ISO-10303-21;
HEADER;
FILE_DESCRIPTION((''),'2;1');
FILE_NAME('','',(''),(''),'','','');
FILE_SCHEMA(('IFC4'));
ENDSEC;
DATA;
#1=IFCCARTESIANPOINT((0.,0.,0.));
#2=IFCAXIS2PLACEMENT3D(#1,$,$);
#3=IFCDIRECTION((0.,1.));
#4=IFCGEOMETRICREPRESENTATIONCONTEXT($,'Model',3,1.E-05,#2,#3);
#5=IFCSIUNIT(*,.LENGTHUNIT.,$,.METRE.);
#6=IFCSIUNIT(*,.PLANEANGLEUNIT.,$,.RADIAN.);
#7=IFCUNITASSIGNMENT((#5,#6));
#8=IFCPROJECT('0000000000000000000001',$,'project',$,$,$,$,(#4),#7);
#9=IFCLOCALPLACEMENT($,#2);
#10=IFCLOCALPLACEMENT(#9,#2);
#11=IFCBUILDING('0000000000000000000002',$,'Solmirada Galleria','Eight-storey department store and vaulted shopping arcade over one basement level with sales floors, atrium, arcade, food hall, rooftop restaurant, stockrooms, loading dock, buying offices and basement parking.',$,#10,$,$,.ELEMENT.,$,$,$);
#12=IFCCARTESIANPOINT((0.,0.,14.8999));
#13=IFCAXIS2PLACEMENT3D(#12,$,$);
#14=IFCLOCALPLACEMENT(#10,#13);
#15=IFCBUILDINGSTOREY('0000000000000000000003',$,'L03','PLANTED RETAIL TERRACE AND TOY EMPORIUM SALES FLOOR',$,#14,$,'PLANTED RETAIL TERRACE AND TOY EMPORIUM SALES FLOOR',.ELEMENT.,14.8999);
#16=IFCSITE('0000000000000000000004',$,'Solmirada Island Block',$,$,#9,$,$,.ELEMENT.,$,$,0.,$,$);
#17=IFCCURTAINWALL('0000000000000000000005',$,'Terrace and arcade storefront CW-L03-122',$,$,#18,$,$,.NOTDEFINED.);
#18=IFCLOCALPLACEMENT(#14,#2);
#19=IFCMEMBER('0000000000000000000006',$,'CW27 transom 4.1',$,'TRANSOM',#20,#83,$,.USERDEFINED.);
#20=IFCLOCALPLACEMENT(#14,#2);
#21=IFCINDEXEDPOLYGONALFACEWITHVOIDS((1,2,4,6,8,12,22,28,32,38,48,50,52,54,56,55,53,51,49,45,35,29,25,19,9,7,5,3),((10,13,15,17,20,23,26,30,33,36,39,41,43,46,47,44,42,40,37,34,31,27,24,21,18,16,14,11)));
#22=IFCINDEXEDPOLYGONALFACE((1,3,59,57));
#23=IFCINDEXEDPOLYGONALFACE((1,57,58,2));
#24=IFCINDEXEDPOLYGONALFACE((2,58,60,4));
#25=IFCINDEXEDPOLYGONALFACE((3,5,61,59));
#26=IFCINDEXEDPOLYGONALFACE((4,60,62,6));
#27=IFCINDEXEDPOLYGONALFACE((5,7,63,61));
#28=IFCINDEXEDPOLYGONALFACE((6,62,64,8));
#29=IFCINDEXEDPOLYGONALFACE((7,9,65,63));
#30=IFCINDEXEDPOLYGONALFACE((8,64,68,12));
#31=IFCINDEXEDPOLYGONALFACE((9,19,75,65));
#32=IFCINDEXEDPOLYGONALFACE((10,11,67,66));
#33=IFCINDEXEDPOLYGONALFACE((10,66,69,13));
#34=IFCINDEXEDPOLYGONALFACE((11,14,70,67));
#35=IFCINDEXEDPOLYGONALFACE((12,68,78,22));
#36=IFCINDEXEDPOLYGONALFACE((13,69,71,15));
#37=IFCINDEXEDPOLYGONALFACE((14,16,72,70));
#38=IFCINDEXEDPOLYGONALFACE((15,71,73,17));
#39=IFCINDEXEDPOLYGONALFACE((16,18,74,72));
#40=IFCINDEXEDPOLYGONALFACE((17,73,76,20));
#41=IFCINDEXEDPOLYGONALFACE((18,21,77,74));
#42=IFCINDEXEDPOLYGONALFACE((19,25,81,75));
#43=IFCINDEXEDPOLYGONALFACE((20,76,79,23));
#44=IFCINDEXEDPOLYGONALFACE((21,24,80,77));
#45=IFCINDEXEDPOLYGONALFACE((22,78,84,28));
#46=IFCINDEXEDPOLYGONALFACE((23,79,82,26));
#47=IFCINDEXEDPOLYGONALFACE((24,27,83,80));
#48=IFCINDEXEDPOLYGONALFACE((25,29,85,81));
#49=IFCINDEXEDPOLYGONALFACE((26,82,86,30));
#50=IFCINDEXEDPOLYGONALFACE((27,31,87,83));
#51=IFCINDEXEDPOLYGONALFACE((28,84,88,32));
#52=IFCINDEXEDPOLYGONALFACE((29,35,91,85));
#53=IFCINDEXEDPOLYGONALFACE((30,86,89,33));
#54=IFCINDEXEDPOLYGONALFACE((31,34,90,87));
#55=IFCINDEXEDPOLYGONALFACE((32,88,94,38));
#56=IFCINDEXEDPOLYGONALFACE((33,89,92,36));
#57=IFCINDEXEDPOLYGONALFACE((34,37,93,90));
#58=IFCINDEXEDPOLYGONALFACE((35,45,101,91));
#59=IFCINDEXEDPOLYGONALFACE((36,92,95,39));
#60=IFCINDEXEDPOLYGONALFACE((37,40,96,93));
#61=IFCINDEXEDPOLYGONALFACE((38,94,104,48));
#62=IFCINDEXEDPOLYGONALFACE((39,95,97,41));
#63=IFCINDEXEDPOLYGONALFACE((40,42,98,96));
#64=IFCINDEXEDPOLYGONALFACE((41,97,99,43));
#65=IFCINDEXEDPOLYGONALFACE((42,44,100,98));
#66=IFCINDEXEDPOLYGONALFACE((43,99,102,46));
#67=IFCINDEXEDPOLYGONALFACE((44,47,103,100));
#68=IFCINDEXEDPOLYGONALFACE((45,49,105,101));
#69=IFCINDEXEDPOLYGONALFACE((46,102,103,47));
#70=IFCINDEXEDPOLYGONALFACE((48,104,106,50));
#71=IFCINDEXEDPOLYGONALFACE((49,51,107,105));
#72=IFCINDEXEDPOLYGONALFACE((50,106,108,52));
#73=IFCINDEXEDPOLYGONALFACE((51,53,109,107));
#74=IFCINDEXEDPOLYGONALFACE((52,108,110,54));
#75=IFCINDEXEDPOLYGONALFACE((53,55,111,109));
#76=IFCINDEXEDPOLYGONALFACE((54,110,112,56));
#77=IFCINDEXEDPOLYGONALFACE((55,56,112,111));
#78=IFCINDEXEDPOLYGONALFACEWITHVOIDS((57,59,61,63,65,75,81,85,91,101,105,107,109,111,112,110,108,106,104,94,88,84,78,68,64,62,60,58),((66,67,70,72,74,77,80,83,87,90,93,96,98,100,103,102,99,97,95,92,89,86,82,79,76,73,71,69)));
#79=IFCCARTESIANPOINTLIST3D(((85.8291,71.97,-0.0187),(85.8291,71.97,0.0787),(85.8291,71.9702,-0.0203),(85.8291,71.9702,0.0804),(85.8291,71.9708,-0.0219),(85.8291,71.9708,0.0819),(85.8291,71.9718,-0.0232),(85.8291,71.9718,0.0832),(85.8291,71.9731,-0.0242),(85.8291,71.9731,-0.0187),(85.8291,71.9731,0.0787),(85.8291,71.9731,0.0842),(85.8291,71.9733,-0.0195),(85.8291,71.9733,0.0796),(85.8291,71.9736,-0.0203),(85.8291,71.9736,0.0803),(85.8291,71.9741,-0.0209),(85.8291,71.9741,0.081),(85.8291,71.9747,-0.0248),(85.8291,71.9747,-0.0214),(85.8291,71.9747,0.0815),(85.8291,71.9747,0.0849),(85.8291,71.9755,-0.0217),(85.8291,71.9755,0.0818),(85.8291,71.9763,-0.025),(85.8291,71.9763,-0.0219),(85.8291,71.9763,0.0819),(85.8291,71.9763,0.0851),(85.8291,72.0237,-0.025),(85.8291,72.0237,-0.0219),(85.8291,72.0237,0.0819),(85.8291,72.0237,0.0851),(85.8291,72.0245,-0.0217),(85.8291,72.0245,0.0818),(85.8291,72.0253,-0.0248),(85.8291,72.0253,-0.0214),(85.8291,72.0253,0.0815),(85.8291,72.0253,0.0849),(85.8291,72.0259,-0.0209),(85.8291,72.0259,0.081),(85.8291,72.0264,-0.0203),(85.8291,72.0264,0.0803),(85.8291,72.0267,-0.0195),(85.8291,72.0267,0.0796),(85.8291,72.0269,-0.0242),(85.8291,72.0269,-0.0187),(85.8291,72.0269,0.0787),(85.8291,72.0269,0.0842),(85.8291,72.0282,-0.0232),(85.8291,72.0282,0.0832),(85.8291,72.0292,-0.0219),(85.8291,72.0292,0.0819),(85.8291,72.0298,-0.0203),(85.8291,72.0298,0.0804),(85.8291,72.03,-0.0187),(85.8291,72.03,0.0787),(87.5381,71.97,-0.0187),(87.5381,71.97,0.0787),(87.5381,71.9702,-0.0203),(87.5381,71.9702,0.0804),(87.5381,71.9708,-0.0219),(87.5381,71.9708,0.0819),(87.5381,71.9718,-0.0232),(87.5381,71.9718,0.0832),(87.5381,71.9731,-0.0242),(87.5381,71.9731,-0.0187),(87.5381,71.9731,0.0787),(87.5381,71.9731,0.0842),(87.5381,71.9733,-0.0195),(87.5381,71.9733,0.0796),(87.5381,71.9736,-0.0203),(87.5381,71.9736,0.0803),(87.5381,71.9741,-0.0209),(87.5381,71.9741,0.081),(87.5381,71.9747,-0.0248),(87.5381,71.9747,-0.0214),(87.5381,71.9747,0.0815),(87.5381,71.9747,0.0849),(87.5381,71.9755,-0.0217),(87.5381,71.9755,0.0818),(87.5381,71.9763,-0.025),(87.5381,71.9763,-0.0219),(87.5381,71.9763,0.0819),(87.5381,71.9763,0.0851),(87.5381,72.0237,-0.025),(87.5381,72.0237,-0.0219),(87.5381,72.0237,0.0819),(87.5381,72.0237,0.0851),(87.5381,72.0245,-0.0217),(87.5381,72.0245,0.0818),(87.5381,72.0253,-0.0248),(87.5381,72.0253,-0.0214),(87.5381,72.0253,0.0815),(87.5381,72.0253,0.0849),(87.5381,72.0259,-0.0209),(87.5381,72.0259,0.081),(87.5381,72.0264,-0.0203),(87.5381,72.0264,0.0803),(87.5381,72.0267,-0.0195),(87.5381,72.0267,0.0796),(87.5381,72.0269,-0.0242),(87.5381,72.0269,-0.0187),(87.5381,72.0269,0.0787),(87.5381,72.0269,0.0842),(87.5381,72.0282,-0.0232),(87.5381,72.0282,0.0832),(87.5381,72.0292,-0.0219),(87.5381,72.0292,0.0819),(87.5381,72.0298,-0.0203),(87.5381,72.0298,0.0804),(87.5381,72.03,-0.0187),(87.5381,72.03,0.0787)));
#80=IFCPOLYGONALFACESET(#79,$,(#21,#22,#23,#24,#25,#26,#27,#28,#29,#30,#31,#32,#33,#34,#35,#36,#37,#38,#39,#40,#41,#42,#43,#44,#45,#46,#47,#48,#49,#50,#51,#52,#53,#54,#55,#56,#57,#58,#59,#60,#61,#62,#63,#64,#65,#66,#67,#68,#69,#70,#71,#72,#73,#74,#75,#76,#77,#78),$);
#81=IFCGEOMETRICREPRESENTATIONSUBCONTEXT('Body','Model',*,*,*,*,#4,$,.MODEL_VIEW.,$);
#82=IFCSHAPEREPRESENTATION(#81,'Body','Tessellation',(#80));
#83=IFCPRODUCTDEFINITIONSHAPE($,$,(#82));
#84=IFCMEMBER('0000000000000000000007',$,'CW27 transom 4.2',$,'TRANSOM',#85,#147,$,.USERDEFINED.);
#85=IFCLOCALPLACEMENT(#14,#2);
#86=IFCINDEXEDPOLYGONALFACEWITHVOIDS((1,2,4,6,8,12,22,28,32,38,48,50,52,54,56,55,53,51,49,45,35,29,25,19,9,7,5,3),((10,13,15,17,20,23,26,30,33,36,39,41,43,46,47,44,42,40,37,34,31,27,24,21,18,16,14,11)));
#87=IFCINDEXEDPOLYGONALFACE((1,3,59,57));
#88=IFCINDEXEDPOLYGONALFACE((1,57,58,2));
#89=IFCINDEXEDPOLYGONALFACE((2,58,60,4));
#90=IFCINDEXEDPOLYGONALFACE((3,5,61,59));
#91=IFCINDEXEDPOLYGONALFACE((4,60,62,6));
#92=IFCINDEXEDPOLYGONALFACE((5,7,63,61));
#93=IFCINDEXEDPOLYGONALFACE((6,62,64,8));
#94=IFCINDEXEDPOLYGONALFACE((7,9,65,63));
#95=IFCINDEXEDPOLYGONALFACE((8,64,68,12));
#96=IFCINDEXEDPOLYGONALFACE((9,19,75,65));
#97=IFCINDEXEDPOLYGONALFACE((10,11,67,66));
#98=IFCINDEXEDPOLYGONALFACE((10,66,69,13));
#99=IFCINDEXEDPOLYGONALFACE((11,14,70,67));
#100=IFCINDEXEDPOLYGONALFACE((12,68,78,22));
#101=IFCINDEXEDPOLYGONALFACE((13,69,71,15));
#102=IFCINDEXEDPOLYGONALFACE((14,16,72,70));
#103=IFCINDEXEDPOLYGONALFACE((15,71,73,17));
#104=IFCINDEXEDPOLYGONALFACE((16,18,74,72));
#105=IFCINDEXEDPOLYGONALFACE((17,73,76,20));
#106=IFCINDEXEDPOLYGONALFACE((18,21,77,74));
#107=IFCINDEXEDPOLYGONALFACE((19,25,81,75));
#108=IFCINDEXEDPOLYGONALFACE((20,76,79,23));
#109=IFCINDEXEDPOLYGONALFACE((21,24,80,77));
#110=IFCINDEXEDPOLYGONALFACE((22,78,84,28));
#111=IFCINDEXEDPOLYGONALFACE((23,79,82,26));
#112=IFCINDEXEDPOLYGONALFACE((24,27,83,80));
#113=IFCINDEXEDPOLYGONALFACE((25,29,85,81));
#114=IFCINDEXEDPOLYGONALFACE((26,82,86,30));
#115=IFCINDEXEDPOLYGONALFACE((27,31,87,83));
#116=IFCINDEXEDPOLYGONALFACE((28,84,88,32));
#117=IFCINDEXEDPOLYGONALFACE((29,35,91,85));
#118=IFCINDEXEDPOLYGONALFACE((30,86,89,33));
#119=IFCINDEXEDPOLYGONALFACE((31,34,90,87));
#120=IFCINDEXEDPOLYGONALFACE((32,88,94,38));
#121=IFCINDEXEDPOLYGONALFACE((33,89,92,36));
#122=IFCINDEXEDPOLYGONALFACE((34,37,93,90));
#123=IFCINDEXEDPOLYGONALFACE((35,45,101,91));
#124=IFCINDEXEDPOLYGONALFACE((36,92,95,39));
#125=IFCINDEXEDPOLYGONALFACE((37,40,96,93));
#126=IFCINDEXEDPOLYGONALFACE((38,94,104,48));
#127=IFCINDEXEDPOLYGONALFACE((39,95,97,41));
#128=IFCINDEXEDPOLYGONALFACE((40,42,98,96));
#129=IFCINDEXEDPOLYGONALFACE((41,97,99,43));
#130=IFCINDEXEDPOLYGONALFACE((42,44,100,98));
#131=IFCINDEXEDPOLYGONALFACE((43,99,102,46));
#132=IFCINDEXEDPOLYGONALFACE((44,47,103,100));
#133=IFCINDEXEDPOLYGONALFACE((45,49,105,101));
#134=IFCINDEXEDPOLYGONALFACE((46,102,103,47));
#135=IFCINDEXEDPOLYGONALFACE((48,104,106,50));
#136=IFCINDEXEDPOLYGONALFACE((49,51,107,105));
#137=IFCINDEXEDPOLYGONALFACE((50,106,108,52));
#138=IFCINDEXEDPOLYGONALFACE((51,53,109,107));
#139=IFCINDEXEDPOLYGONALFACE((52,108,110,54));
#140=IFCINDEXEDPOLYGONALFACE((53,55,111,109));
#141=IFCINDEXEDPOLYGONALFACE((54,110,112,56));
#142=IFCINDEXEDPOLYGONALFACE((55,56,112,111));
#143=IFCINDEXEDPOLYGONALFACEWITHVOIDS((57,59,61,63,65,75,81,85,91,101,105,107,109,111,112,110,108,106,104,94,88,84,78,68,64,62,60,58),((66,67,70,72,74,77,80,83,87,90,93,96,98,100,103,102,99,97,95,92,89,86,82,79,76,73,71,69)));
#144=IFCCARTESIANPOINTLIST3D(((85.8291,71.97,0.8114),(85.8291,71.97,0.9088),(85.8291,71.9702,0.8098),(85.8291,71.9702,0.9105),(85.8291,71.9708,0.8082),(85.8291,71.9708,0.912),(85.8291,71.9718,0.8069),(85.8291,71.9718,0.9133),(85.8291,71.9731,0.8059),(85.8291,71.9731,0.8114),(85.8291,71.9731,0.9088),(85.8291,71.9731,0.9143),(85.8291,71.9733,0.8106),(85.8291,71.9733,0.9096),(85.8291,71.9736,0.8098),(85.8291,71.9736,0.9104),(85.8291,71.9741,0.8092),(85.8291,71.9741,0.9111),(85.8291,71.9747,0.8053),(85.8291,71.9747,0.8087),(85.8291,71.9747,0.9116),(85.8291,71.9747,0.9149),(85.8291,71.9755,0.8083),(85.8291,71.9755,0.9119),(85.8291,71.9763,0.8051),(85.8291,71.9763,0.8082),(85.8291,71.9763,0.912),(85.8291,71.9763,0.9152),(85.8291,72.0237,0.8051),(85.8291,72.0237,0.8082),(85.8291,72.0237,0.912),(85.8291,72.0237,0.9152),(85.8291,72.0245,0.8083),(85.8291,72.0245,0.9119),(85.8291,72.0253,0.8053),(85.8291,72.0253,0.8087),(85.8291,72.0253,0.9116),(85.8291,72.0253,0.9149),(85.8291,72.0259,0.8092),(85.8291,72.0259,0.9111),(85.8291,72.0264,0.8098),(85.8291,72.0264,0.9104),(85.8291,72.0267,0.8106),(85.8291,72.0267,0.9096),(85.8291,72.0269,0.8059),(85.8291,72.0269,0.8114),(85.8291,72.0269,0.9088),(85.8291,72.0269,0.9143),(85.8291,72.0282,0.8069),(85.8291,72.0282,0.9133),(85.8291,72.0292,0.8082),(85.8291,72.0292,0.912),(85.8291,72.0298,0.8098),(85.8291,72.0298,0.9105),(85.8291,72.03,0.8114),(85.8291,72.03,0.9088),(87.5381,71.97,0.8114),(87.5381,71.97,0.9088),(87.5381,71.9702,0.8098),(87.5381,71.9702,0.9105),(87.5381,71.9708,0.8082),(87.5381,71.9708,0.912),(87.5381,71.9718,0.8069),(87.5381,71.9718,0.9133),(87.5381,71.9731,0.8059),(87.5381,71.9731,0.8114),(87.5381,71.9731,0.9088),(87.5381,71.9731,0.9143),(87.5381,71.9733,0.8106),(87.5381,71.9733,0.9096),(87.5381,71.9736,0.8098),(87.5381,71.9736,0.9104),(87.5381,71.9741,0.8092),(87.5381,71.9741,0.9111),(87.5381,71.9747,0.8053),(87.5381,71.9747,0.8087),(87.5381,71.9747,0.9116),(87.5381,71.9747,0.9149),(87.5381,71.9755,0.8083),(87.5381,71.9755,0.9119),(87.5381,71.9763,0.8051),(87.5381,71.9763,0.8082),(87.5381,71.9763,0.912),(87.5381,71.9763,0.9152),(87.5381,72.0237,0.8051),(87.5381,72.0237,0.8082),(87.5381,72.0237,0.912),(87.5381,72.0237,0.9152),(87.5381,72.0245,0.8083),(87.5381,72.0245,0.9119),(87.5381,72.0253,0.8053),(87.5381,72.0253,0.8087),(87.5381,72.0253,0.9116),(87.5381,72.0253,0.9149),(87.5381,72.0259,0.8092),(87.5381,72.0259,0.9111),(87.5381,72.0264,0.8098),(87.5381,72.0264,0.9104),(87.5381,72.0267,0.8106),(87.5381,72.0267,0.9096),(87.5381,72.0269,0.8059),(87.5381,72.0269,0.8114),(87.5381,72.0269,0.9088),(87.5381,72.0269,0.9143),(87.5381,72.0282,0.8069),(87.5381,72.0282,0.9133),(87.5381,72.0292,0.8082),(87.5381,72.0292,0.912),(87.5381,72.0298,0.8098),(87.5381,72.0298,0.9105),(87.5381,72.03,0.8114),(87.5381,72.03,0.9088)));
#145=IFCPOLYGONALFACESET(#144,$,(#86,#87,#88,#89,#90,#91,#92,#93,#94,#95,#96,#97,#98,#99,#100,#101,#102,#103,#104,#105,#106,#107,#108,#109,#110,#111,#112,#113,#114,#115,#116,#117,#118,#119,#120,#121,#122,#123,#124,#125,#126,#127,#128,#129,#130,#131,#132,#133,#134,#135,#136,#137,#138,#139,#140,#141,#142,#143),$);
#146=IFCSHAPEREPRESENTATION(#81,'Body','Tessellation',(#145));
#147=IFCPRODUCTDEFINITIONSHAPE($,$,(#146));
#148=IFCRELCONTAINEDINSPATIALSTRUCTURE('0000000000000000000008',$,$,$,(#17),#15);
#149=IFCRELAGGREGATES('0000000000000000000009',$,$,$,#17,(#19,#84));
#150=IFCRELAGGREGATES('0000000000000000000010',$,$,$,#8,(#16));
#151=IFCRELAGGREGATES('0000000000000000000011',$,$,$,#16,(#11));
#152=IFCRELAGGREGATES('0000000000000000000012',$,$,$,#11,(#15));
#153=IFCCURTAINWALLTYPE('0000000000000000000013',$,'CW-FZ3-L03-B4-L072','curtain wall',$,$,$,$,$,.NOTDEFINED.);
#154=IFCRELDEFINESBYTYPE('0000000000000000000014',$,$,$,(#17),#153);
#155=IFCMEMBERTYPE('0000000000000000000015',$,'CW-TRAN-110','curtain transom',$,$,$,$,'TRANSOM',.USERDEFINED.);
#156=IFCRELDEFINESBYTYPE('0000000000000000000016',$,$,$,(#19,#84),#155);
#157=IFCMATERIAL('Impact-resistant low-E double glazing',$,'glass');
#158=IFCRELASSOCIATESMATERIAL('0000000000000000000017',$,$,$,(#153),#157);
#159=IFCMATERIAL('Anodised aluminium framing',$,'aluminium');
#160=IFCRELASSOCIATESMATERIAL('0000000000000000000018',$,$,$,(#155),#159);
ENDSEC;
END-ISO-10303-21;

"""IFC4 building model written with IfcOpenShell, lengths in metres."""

from ifc_helpers import new_model, si_unit, direction, frame, origin, origin_2d, place, context, subcontext, project, spatial, hollow_rectangle, extrude, material, material_profile, profile_set, type_object, element, aggregate, save


model = new_model("IFC4")

# Units and contexts
model_context = context("Model", 3, precision=1e-05, world=origin(), true_north=direction((0.0, 1.0)))
body_context = subcontext(model_context, "Body", "Model", "MODEL_VIEW")
ifc_project = project(units=[si_unit("LENGTHUNIT", "METRE"), si_unit("PLANEANGLEUNIT", "RADIAN")], contexts=[model_context])

# Site, building, storey
site_placement = place(None, origin())
site = spatial("IfcSite", under=ifc_project, at=site_placement, Name="Solmirada Island Block", CompositionType="ELEMENT", RefElevation=0.0)
building_placement = place(site_placement, origin())
building = spatial("IfcBuilding", under=site, at=building_placement, Name="Solmirada Galleria", Description="Eight-storey department store and vaulted shopping arcade over one basement level with sales floors, atrium, arcade, food hall, rooftop restaurant, stockrooms, loading dock, buying offices and basement parking.", CompositionType="ELEMENT")
storey_placement = place(building_placement, frame((0.0, 0.0, 14.8999)))
storey = spatial("IfcBuildingStorey", under=building, at=storey_placement, Name="L03", Description="PLANTED RETAIL TERRACE AND TOY EMPORIUM SALES FLOOR", LongName="PLANTED RETAIL TERRACE AND TOY EMPORIUM SALES FLOOR", CompositionType="ELEMENT", Elevation=14.8999)

# Shared definitions
ifc_material_1 = material(Name="Impact-resistant low-E double glazing", Category="glass")
curtain_wall_type = type_object("IfcCurtainWallType", Name="CW-FZ3-L03-B4-L072", Description="curtain wall", PredefinedType="NOTDEFINED", material=ifc_material_1)
ifc_material_2 = material(Name="Anodised aluminium framing", Category="aluminium")

# Curtain wall, members
curtain_wall_1_placement = place(storey_placement, origin())
curtain_wall_1 = element("IfcCurtainWall", 1, at=curtain_wall_1_placement, inside=storey, type_object=curtain_wall_type, Name="Terrace and arcade storefront CW-L03-122", PredefinedType="NOTDEFINED")
ifc_material_profile_1 = material_profile(ifc_material_2, hollow_rectangle(XDim=0.0601, YDim=0.1101, WallThickness=0.0032, InnerFilletRadius=0.0032, OuterFilletRadius=0.0063, at=origin_2d()), Name="ALU-TRAN-110X60")
ifc_profile_set_1 = profile_set([ifc_material_profile_1], Name="Anodised aluminium framing")
member_type_1 = type_object("IfcMemberType", Name="CW-TRAN-110", Description="curtain transom", ElementType="TRANSOM", PredefinedType="USERDEFINED", material=ifc_profile_set_1)
member_1_placement = place(storey_placement, frame((85.8291, 72.0, 0.03), z_axis=(1.0, 0.0, 0.0), x_axis=(0.0, 1.0, 0.0)))
member_1 = element("IfcMember", 2, at=member_1_placement, type_object=member_type_1, Name="CW27 transom 4.1", ObjectType="TRANSOM", PredefinedType="USERDEFINED", context=body_context, shape_type="SweptSolid", body=[
    extrude(hollow_rectangle(XDim=0.0601, YDim=0.1101, WallThickness=0.0032, InnerFilletRadius=0.0032, OuterFilletRadius=0.0063, at=origin_2d()), origin(), (0.0, 0.0, 1.0), 1.709),
])
member_2_placement = place(storey_placement, frame((85.8291, 72.0, 0.8601), z_axis=(1.0, 0.0, 0.0), x_axis=(0.0, 1.0, 0.0)))
member_2 = element("IfcMember", 3, at=member_2_placement, type_object=member_type_1, Name="CW27 transom 4.2", ObjectType="TRANSOM", PredefinedType="USERDEFINED", context=body_context, shape_type="SweptSolid", body=[
    extrude(hollow_rectangle(XDim=0.0601, YDim=0.1101, WallThickness=0.0032, InnerFilletRadius=0.0032, OuterFilletRadius=0.0063, at=origin_2d()), origin(), (0.0, 0.0, 1.0), 1.709),
])
aggregate(curtain_wall_1, [member_1, member_2])

save(model, "model.ifc")
